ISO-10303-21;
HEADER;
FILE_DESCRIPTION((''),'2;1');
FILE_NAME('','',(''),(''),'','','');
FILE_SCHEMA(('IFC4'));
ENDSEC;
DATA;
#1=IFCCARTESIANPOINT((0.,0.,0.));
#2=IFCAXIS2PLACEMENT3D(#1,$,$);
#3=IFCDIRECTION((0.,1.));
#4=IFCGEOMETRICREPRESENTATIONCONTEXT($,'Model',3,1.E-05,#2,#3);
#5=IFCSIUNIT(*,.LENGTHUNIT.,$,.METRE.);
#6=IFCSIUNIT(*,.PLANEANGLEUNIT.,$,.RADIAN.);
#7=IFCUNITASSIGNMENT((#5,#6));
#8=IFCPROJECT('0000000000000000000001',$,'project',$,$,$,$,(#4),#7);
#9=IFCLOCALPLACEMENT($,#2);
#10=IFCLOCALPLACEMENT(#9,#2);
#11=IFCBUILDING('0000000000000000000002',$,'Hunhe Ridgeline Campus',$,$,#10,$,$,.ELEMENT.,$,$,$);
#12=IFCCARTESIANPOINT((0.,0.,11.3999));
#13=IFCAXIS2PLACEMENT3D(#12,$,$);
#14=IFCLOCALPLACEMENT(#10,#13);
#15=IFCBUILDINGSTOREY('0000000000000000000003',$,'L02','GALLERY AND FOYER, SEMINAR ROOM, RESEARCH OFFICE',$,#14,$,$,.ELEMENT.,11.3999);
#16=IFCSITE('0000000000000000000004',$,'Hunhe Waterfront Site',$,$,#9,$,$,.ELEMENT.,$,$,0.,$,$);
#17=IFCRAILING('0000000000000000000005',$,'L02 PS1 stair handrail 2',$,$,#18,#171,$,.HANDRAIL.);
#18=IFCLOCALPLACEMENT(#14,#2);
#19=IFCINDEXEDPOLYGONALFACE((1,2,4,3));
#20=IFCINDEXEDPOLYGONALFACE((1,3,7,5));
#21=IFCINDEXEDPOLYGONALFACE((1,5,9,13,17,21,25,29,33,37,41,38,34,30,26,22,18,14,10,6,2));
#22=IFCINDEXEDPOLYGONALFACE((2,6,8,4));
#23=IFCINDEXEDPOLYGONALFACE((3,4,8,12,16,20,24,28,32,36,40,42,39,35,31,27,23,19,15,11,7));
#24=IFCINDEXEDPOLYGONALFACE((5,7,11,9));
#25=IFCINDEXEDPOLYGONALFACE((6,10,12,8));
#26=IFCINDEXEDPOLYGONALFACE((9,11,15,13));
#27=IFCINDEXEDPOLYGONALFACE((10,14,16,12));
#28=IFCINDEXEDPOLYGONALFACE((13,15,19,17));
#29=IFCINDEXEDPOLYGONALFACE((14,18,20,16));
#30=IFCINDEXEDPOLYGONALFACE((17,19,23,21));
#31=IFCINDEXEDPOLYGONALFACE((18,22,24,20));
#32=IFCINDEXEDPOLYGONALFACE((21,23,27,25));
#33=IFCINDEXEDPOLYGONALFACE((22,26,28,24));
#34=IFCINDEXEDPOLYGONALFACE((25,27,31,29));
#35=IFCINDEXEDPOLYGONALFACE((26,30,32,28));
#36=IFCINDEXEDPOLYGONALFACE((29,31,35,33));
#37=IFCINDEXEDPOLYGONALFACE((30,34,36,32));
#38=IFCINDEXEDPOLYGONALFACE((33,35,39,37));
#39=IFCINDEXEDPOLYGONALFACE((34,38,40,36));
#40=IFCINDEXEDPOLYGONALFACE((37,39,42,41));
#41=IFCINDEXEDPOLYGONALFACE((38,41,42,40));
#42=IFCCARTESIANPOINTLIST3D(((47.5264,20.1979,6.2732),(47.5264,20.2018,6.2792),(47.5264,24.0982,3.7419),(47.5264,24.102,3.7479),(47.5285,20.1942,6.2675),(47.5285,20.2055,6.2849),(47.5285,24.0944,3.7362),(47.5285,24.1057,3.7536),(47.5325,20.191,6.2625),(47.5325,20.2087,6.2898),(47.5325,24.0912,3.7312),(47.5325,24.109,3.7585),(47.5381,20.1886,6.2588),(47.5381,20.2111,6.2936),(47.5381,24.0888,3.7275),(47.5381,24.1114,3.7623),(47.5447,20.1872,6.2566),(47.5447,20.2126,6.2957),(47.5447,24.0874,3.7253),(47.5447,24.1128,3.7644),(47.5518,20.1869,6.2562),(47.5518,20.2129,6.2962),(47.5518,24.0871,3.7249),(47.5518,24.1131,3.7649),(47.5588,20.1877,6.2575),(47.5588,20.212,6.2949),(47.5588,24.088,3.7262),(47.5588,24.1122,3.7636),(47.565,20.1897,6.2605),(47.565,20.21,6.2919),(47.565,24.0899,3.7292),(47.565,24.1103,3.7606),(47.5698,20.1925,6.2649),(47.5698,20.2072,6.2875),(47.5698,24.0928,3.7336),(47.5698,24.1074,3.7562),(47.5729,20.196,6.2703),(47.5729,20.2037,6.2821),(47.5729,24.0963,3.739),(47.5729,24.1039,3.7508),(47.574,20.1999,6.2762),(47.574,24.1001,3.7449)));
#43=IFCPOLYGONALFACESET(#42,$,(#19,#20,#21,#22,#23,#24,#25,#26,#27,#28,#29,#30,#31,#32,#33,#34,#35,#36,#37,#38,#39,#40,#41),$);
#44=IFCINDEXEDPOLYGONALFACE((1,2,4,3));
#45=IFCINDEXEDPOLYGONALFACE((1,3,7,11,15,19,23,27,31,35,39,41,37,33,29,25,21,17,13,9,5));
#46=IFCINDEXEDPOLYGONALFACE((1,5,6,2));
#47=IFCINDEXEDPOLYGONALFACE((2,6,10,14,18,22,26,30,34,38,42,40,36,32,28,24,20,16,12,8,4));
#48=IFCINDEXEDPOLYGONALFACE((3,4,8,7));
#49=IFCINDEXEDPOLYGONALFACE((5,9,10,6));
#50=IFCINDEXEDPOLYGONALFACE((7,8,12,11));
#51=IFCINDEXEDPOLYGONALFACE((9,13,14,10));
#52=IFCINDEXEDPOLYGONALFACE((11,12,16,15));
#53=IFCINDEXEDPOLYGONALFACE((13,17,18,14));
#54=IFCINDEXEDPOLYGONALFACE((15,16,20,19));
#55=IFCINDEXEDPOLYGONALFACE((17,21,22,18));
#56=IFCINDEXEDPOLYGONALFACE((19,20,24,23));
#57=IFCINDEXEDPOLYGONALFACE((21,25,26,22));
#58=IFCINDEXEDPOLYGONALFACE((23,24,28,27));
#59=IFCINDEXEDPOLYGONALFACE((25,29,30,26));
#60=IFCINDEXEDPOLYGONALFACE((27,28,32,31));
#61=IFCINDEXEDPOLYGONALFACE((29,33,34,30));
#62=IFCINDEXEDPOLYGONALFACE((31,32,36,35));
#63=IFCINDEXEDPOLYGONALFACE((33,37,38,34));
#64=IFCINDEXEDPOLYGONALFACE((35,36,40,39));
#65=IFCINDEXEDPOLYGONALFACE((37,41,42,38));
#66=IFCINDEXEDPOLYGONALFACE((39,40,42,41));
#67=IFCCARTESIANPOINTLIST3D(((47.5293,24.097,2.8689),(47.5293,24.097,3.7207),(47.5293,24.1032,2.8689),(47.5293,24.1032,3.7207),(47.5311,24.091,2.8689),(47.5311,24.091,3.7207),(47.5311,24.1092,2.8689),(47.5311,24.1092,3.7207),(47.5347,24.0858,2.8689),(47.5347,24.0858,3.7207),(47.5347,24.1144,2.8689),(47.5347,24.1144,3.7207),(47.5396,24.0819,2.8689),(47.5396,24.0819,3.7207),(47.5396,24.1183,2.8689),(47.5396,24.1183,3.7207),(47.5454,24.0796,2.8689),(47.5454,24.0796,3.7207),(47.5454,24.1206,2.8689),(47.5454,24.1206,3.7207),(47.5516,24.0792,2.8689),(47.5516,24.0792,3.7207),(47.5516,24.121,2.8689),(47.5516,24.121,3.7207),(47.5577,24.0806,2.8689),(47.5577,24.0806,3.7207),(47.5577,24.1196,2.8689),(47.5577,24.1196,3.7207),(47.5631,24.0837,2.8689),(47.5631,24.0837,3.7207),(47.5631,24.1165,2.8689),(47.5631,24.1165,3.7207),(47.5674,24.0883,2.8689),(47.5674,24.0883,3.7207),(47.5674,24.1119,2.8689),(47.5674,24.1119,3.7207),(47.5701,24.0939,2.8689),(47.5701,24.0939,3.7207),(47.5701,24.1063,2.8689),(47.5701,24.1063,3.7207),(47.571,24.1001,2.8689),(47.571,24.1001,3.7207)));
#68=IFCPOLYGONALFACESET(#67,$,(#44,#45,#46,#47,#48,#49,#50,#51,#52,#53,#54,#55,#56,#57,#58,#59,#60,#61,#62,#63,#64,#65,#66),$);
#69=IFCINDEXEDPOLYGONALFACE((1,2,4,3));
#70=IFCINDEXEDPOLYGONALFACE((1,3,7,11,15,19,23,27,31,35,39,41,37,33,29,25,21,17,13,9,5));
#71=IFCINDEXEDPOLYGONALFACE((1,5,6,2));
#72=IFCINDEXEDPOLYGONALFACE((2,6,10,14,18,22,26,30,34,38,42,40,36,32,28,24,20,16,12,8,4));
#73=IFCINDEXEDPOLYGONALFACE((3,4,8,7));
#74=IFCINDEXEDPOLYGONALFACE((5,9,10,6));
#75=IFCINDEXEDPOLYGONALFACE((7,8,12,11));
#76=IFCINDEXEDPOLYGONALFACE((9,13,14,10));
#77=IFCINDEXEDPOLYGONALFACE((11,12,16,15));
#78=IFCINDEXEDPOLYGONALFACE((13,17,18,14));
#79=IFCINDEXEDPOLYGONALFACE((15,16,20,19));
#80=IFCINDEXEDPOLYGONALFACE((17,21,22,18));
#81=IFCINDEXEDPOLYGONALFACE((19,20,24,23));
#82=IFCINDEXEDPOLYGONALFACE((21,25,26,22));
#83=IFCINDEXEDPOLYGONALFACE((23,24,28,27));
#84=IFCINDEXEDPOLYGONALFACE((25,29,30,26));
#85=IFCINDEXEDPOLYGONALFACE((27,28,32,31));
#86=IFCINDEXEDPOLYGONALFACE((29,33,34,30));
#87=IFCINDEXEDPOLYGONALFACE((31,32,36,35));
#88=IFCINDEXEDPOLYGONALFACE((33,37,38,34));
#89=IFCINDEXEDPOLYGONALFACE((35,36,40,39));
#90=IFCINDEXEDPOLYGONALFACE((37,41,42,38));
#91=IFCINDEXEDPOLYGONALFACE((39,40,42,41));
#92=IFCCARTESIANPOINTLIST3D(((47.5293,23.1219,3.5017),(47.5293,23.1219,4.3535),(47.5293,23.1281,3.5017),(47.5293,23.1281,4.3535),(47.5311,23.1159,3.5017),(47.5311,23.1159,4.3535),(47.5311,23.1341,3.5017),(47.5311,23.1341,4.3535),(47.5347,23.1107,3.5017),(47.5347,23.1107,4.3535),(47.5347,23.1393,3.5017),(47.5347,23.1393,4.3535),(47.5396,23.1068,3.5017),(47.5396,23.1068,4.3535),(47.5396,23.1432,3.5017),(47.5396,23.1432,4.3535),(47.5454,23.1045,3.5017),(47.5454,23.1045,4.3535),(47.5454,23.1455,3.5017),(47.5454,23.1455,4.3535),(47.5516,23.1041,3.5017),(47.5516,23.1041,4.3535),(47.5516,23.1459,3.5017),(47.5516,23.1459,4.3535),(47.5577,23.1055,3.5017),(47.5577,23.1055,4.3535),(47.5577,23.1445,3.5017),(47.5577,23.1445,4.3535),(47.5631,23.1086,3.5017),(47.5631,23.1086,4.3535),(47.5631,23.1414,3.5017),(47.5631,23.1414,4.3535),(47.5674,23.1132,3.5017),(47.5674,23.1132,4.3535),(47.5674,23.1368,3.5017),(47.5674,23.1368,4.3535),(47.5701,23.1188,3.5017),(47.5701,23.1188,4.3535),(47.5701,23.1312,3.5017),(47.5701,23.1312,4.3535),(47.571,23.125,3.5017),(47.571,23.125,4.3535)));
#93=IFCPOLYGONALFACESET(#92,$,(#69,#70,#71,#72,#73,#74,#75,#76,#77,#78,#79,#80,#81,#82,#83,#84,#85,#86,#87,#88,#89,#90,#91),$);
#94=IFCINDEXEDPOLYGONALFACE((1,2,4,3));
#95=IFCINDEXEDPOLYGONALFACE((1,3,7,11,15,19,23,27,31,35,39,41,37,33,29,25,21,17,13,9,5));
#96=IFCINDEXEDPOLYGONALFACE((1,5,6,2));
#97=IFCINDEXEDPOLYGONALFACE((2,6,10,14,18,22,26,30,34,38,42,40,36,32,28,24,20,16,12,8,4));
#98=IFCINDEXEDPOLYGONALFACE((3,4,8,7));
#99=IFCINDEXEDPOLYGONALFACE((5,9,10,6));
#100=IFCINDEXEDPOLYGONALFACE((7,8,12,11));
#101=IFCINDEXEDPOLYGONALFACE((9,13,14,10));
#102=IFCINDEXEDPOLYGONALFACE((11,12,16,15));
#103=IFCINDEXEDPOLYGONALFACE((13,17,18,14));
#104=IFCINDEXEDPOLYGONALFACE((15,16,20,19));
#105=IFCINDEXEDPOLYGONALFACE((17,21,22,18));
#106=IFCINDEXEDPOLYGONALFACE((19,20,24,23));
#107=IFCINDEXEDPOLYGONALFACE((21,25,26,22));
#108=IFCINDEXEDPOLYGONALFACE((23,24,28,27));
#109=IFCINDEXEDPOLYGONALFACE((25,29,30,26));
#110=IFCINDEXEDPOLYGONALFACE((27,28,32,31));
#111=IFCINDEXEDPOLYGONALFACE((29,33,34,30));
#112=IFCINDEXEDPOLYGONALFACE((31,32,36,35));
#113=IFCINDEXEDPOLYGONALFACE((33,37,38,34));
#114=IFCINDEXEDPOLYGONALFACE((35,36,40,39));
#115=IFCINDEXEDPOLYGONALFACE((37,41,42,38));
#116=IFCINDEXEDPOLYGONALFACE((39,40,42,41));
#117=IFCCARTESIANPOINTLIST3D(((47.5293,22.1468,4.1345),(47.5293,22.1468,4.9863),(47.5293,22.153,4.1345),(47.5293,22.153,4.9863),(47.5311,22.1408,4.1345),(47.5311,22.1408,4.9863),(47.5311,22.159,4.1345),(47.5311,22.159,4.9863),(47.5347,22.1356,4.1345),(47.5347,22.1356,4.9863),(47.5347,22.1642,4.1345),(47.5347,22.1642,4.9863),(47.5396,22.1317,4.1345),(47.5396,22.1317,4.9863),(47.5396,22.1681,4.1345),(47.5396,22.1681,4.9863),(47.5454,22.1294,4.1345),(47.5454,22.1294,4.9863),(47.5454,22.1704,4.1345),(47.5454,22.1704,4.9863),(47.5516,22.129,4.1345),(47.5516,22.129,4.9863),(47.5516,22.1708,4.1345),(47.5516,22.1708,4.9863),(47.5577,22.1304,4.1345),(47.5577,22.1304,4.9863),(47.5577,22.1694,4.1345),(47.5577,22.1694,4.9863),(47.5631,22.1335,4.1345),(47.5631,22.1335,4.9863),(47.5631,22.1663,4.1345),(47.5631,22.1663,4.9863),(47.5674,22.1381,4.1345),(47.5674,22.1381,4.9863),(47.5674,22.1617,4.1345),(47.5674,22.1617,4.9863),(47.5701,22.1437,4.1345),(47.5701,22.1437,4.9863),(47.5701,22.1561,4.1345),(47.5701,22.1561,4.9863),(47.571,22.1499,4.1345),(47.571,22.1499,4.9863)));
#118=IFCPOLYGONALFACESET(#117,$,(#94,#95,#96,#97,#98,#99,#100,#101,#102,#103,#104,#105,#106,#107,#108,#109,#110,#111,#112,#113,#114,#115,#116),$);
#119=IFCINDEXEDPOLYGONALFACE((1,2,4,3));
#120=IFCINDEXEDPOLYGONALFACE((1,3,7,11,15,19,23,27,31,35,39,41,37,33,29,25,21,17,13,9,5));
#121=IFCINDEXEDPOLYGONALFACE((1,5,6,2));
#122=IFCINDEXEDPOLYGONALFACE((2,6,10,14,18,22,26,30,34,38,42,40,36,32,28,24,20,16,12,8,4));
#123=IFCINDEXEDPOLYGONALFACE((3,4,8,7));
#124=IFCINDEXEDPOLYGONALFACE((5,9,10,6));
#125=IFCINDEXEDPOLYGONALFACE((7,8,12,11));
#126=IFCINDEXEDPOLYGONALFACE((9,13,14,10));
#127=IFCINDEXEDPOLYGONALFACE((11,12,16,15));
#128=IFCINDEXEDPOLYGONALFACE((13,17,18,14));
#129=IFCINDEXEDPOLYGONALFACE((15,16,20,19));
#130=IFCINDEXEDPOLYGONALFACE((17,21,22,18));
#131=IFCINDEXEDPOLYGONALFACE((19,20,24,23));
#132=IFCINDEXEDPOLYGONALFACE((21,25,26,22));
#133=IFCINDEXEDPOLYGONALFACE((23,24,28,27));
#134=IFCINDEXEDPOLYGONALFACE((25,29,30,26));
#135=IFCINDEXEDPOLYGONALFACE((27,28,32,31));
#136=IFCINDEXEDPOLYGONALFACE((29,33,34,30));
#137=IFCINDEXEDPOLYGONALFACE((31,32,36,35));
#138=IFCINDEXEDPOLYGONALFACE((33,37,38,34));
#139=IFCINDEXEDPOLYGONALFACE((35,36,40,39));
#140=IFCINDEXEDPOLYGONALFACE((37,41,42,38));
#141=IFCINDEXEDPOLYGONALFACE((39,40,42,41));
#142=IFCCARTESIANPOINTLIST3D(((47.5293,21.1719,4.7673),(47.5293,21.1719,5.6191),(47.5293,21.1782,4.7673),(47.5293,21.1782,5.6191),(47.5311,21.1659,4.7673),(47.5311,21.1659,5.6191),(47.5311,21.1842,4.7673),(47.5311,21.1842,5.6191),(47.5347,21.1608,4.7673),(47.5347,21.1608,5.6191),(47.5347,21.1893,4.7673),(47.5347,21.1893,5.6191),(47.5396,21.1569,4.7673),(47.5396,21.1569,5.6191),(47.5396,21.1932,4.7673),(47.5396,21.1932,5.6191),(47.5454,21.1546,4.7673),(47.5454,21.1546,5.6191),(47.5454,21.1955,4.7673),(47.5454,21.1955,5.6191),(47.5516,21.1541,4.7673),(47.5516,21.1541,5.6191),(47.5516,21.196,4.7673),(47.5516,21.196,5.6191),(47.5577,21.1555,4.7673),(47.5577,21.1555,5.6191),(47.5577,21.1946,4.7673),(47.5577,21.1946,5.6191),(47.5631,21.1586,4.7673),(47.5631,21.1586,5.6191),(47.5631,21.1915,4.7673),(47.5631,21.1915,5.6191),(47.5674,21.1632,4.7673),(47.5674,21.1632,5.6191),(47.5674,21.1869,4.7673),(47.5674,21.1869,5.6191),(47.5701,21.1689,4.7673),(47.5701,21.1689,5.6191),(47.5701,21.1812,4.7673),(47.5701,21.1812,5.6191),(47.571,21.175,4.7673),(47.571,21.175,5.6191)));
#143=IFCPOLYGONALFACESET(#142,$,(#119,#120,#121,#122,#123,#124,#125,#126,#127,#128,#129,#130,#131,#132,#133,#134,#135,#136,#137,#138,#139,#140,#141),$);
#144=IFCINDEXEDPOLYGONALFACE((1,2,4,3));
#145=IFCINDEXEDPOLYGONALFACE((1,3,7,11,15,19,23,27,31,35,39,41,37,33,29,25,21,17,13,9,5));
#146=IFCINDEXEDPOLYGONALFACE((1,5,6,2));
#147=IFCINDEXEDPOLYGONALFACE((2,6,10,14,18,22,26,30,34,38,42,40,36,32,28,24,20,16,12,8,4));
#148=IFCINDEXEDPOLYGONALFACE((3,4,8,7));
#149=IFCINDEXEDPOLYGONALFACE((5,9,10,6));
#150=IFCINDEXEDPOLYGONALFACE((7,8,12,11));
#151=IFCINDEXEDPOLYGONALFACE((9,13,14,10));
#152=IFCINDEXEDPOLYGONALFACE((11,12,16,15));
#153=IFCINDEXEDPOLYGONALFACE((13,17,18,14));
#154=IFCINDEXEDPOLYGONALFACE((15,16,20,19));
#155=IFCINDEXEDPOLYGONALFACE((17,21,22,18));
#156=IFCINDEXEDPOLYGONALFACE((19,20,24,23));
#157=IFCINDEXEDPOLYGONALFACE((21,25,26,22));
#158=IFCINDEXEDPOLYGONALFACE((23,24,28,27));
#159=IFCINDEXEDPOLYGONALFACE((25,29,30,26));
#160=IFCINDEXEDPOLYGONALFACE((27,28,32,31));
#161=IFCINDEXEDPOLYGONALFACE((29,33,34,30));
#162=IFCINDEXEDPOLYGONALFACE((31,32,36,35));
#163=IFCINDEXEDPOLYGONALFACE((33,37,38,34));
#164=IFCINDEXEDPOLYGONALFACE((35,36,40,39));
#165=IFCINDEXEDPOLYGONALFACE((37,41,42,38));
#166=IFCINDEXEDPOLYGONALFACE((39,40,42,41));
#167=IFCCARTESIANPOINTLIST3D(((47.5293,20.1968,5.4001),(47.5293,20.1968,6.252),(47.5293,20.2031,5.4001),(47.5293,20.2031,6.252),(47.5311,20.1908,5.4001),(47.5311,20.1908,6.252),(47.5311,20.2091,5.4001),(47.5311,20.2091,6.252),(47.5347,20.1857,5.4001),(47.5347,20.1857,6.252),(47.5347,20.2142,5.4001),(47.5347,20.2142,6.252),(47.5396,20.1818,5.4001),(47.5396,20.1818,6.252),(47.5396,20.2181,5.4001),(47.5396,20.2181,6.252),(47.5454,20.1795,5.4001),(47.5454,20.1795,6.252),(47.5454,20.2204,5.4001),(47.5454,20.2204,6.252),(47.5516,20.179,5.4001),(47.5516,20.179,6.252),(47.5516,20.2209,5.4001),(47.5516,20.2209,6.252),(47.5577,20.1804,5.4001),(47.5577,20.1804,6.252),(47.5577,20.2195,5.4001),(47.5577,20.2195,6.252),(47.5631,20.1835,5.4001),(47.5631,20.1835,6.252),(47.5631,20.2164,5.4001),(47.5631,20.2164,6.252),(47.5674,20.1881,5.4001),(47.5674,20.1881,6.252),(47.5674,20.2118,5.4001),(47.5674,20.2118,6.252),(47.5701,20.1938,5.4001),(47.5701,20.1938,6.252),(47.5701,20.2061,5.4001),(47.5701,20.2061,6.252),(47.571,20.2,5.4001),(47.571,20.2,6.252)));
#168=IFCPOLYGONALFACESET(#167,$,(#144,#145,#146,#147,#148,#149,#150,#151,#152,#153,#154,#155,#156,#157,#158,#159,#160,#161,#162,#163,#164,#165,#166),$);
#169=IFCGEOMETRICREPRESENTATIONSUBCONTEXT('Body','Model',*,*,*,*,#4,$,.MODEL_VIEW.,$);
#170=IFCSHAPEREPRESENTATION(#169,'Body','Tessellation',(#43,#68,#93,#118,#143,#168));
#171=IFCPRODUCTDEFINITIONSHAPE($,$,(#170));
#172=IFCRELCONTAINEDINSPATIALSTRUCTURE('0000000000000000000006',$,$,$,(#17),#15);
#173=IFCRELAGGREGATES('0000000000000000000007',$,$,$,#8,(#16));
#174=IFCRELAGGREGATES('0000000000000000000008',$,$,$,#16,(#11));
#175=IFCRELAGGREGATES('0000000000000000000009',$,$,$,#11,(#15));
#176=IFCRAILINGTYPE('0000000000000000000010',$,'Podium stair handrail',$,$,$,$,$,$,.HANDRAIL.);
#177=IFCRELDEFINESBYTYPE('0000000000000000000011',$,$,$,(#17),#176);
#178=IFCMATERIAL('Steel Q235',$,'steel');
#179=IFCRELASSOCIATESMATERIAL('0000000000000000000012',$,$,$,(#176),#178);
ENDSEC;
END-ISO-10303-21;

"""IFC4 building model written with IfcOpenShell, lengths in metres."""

from ifc_helpers import new_model, si_unit, direction, frame, origin, origin_2d, place, context, subcontext, project, spatial, circle, extrude, material, type_object, element, save


model = new_model("IFC4")

# Units and contexts
model_context = context("Model", 3, precision=1e-05, world=origin(), true_north=direction((0.0, 1.0)))
body_context = subcontext(model_context, "Body", "Model", "MODEL_VIEW")
ifc_project = project(units=[si_unit("LENGTHUNIT", "METRE"), si_unit("PLANEANGLEUNIT", "RADIAN")], contexts=[model_context])

# Site, building, storey
site_placement = place(None, origin())
site = spatial("IfcSite", under=ifc_project, at=site_placement, Name="Hunhe Waterfront Site", CompositionType="ELEMENT", RefElevation=0.0)
building_placement = place(site_placement, origin())
building = spatial("IfcBuilding", under=site, at=building_placement, Name="Hunhe Ridgeline Campus", CompositionType="ELEMENT")
storey_placement = place(building_placement, frame((0.0, 0.0, 11.3999)))
storey = spatial("IfcBuildingStorey", under=building, at=storey_placement, Name="L02", Description="GALLERY AND FOYER, SEMINAR ROOM, RESEARCH OFFICE", CompositionType="ELEMENT", Elevation=11.3999)

# Shared definitions
ifc_material_1 = material(Name="Steel Q235", Category="steel")

# Railing
railing_type_1 = type_object("IfcRailingType", Name="Podium stair handrail", PredefinedType="HANDRAIL", material=ifc_material_1)
railing_1_placement = place(storey_placement, frame((47.55, 24.1001, 2.8689)))
element("IfcRailing", 1, at=railing_1_placement, inside=storey, type_object=railing_type_1, Name="L02 PS1 stair handrail 2", PredefinedType="HANDRAIL", context=body_context, shape_type="SweptSolid", body=[
    extrude(circle(Radius=0.0239, at=origin_2d()), frame((0.0, 0.0, 0.876), z_axis=(0.0, -0.838821, 0.544407), x_axis=(1.0, 0.0, 0.0)), (0.0, 0.0, 1.0), 4.6497),
    extrude(circle(Radius=0.021, at=origin_2d()), origin(), (0.0, 0.0, 1.0), 0.8518),
    extrude(circle(Radius=0.021, at=origin_2d()), frame((0.0, -0.9751, 0.6328)), (0.0, 0.0, 1.0), 0.8518),
    extrude(circle(Radius=0.021, at=origin_2d()), frame((0.0, -1.9502, 1.2656)), (0.0, 0.0, 1.0), 0.8518),
    extrude(circle(Radius=0.021, at=origin_2d()), frame((0.0, -2.925, 1.8984)), (0.0, 0.0, 1.0), 0.8518),
    extrude(circle(Radius=0.021, at=origin_2d()), frame((0.0, -3.9001, 2.5312)), (0.0, 0.0, 1.0), 0.8518),
])

save(model, "model.ifc")
